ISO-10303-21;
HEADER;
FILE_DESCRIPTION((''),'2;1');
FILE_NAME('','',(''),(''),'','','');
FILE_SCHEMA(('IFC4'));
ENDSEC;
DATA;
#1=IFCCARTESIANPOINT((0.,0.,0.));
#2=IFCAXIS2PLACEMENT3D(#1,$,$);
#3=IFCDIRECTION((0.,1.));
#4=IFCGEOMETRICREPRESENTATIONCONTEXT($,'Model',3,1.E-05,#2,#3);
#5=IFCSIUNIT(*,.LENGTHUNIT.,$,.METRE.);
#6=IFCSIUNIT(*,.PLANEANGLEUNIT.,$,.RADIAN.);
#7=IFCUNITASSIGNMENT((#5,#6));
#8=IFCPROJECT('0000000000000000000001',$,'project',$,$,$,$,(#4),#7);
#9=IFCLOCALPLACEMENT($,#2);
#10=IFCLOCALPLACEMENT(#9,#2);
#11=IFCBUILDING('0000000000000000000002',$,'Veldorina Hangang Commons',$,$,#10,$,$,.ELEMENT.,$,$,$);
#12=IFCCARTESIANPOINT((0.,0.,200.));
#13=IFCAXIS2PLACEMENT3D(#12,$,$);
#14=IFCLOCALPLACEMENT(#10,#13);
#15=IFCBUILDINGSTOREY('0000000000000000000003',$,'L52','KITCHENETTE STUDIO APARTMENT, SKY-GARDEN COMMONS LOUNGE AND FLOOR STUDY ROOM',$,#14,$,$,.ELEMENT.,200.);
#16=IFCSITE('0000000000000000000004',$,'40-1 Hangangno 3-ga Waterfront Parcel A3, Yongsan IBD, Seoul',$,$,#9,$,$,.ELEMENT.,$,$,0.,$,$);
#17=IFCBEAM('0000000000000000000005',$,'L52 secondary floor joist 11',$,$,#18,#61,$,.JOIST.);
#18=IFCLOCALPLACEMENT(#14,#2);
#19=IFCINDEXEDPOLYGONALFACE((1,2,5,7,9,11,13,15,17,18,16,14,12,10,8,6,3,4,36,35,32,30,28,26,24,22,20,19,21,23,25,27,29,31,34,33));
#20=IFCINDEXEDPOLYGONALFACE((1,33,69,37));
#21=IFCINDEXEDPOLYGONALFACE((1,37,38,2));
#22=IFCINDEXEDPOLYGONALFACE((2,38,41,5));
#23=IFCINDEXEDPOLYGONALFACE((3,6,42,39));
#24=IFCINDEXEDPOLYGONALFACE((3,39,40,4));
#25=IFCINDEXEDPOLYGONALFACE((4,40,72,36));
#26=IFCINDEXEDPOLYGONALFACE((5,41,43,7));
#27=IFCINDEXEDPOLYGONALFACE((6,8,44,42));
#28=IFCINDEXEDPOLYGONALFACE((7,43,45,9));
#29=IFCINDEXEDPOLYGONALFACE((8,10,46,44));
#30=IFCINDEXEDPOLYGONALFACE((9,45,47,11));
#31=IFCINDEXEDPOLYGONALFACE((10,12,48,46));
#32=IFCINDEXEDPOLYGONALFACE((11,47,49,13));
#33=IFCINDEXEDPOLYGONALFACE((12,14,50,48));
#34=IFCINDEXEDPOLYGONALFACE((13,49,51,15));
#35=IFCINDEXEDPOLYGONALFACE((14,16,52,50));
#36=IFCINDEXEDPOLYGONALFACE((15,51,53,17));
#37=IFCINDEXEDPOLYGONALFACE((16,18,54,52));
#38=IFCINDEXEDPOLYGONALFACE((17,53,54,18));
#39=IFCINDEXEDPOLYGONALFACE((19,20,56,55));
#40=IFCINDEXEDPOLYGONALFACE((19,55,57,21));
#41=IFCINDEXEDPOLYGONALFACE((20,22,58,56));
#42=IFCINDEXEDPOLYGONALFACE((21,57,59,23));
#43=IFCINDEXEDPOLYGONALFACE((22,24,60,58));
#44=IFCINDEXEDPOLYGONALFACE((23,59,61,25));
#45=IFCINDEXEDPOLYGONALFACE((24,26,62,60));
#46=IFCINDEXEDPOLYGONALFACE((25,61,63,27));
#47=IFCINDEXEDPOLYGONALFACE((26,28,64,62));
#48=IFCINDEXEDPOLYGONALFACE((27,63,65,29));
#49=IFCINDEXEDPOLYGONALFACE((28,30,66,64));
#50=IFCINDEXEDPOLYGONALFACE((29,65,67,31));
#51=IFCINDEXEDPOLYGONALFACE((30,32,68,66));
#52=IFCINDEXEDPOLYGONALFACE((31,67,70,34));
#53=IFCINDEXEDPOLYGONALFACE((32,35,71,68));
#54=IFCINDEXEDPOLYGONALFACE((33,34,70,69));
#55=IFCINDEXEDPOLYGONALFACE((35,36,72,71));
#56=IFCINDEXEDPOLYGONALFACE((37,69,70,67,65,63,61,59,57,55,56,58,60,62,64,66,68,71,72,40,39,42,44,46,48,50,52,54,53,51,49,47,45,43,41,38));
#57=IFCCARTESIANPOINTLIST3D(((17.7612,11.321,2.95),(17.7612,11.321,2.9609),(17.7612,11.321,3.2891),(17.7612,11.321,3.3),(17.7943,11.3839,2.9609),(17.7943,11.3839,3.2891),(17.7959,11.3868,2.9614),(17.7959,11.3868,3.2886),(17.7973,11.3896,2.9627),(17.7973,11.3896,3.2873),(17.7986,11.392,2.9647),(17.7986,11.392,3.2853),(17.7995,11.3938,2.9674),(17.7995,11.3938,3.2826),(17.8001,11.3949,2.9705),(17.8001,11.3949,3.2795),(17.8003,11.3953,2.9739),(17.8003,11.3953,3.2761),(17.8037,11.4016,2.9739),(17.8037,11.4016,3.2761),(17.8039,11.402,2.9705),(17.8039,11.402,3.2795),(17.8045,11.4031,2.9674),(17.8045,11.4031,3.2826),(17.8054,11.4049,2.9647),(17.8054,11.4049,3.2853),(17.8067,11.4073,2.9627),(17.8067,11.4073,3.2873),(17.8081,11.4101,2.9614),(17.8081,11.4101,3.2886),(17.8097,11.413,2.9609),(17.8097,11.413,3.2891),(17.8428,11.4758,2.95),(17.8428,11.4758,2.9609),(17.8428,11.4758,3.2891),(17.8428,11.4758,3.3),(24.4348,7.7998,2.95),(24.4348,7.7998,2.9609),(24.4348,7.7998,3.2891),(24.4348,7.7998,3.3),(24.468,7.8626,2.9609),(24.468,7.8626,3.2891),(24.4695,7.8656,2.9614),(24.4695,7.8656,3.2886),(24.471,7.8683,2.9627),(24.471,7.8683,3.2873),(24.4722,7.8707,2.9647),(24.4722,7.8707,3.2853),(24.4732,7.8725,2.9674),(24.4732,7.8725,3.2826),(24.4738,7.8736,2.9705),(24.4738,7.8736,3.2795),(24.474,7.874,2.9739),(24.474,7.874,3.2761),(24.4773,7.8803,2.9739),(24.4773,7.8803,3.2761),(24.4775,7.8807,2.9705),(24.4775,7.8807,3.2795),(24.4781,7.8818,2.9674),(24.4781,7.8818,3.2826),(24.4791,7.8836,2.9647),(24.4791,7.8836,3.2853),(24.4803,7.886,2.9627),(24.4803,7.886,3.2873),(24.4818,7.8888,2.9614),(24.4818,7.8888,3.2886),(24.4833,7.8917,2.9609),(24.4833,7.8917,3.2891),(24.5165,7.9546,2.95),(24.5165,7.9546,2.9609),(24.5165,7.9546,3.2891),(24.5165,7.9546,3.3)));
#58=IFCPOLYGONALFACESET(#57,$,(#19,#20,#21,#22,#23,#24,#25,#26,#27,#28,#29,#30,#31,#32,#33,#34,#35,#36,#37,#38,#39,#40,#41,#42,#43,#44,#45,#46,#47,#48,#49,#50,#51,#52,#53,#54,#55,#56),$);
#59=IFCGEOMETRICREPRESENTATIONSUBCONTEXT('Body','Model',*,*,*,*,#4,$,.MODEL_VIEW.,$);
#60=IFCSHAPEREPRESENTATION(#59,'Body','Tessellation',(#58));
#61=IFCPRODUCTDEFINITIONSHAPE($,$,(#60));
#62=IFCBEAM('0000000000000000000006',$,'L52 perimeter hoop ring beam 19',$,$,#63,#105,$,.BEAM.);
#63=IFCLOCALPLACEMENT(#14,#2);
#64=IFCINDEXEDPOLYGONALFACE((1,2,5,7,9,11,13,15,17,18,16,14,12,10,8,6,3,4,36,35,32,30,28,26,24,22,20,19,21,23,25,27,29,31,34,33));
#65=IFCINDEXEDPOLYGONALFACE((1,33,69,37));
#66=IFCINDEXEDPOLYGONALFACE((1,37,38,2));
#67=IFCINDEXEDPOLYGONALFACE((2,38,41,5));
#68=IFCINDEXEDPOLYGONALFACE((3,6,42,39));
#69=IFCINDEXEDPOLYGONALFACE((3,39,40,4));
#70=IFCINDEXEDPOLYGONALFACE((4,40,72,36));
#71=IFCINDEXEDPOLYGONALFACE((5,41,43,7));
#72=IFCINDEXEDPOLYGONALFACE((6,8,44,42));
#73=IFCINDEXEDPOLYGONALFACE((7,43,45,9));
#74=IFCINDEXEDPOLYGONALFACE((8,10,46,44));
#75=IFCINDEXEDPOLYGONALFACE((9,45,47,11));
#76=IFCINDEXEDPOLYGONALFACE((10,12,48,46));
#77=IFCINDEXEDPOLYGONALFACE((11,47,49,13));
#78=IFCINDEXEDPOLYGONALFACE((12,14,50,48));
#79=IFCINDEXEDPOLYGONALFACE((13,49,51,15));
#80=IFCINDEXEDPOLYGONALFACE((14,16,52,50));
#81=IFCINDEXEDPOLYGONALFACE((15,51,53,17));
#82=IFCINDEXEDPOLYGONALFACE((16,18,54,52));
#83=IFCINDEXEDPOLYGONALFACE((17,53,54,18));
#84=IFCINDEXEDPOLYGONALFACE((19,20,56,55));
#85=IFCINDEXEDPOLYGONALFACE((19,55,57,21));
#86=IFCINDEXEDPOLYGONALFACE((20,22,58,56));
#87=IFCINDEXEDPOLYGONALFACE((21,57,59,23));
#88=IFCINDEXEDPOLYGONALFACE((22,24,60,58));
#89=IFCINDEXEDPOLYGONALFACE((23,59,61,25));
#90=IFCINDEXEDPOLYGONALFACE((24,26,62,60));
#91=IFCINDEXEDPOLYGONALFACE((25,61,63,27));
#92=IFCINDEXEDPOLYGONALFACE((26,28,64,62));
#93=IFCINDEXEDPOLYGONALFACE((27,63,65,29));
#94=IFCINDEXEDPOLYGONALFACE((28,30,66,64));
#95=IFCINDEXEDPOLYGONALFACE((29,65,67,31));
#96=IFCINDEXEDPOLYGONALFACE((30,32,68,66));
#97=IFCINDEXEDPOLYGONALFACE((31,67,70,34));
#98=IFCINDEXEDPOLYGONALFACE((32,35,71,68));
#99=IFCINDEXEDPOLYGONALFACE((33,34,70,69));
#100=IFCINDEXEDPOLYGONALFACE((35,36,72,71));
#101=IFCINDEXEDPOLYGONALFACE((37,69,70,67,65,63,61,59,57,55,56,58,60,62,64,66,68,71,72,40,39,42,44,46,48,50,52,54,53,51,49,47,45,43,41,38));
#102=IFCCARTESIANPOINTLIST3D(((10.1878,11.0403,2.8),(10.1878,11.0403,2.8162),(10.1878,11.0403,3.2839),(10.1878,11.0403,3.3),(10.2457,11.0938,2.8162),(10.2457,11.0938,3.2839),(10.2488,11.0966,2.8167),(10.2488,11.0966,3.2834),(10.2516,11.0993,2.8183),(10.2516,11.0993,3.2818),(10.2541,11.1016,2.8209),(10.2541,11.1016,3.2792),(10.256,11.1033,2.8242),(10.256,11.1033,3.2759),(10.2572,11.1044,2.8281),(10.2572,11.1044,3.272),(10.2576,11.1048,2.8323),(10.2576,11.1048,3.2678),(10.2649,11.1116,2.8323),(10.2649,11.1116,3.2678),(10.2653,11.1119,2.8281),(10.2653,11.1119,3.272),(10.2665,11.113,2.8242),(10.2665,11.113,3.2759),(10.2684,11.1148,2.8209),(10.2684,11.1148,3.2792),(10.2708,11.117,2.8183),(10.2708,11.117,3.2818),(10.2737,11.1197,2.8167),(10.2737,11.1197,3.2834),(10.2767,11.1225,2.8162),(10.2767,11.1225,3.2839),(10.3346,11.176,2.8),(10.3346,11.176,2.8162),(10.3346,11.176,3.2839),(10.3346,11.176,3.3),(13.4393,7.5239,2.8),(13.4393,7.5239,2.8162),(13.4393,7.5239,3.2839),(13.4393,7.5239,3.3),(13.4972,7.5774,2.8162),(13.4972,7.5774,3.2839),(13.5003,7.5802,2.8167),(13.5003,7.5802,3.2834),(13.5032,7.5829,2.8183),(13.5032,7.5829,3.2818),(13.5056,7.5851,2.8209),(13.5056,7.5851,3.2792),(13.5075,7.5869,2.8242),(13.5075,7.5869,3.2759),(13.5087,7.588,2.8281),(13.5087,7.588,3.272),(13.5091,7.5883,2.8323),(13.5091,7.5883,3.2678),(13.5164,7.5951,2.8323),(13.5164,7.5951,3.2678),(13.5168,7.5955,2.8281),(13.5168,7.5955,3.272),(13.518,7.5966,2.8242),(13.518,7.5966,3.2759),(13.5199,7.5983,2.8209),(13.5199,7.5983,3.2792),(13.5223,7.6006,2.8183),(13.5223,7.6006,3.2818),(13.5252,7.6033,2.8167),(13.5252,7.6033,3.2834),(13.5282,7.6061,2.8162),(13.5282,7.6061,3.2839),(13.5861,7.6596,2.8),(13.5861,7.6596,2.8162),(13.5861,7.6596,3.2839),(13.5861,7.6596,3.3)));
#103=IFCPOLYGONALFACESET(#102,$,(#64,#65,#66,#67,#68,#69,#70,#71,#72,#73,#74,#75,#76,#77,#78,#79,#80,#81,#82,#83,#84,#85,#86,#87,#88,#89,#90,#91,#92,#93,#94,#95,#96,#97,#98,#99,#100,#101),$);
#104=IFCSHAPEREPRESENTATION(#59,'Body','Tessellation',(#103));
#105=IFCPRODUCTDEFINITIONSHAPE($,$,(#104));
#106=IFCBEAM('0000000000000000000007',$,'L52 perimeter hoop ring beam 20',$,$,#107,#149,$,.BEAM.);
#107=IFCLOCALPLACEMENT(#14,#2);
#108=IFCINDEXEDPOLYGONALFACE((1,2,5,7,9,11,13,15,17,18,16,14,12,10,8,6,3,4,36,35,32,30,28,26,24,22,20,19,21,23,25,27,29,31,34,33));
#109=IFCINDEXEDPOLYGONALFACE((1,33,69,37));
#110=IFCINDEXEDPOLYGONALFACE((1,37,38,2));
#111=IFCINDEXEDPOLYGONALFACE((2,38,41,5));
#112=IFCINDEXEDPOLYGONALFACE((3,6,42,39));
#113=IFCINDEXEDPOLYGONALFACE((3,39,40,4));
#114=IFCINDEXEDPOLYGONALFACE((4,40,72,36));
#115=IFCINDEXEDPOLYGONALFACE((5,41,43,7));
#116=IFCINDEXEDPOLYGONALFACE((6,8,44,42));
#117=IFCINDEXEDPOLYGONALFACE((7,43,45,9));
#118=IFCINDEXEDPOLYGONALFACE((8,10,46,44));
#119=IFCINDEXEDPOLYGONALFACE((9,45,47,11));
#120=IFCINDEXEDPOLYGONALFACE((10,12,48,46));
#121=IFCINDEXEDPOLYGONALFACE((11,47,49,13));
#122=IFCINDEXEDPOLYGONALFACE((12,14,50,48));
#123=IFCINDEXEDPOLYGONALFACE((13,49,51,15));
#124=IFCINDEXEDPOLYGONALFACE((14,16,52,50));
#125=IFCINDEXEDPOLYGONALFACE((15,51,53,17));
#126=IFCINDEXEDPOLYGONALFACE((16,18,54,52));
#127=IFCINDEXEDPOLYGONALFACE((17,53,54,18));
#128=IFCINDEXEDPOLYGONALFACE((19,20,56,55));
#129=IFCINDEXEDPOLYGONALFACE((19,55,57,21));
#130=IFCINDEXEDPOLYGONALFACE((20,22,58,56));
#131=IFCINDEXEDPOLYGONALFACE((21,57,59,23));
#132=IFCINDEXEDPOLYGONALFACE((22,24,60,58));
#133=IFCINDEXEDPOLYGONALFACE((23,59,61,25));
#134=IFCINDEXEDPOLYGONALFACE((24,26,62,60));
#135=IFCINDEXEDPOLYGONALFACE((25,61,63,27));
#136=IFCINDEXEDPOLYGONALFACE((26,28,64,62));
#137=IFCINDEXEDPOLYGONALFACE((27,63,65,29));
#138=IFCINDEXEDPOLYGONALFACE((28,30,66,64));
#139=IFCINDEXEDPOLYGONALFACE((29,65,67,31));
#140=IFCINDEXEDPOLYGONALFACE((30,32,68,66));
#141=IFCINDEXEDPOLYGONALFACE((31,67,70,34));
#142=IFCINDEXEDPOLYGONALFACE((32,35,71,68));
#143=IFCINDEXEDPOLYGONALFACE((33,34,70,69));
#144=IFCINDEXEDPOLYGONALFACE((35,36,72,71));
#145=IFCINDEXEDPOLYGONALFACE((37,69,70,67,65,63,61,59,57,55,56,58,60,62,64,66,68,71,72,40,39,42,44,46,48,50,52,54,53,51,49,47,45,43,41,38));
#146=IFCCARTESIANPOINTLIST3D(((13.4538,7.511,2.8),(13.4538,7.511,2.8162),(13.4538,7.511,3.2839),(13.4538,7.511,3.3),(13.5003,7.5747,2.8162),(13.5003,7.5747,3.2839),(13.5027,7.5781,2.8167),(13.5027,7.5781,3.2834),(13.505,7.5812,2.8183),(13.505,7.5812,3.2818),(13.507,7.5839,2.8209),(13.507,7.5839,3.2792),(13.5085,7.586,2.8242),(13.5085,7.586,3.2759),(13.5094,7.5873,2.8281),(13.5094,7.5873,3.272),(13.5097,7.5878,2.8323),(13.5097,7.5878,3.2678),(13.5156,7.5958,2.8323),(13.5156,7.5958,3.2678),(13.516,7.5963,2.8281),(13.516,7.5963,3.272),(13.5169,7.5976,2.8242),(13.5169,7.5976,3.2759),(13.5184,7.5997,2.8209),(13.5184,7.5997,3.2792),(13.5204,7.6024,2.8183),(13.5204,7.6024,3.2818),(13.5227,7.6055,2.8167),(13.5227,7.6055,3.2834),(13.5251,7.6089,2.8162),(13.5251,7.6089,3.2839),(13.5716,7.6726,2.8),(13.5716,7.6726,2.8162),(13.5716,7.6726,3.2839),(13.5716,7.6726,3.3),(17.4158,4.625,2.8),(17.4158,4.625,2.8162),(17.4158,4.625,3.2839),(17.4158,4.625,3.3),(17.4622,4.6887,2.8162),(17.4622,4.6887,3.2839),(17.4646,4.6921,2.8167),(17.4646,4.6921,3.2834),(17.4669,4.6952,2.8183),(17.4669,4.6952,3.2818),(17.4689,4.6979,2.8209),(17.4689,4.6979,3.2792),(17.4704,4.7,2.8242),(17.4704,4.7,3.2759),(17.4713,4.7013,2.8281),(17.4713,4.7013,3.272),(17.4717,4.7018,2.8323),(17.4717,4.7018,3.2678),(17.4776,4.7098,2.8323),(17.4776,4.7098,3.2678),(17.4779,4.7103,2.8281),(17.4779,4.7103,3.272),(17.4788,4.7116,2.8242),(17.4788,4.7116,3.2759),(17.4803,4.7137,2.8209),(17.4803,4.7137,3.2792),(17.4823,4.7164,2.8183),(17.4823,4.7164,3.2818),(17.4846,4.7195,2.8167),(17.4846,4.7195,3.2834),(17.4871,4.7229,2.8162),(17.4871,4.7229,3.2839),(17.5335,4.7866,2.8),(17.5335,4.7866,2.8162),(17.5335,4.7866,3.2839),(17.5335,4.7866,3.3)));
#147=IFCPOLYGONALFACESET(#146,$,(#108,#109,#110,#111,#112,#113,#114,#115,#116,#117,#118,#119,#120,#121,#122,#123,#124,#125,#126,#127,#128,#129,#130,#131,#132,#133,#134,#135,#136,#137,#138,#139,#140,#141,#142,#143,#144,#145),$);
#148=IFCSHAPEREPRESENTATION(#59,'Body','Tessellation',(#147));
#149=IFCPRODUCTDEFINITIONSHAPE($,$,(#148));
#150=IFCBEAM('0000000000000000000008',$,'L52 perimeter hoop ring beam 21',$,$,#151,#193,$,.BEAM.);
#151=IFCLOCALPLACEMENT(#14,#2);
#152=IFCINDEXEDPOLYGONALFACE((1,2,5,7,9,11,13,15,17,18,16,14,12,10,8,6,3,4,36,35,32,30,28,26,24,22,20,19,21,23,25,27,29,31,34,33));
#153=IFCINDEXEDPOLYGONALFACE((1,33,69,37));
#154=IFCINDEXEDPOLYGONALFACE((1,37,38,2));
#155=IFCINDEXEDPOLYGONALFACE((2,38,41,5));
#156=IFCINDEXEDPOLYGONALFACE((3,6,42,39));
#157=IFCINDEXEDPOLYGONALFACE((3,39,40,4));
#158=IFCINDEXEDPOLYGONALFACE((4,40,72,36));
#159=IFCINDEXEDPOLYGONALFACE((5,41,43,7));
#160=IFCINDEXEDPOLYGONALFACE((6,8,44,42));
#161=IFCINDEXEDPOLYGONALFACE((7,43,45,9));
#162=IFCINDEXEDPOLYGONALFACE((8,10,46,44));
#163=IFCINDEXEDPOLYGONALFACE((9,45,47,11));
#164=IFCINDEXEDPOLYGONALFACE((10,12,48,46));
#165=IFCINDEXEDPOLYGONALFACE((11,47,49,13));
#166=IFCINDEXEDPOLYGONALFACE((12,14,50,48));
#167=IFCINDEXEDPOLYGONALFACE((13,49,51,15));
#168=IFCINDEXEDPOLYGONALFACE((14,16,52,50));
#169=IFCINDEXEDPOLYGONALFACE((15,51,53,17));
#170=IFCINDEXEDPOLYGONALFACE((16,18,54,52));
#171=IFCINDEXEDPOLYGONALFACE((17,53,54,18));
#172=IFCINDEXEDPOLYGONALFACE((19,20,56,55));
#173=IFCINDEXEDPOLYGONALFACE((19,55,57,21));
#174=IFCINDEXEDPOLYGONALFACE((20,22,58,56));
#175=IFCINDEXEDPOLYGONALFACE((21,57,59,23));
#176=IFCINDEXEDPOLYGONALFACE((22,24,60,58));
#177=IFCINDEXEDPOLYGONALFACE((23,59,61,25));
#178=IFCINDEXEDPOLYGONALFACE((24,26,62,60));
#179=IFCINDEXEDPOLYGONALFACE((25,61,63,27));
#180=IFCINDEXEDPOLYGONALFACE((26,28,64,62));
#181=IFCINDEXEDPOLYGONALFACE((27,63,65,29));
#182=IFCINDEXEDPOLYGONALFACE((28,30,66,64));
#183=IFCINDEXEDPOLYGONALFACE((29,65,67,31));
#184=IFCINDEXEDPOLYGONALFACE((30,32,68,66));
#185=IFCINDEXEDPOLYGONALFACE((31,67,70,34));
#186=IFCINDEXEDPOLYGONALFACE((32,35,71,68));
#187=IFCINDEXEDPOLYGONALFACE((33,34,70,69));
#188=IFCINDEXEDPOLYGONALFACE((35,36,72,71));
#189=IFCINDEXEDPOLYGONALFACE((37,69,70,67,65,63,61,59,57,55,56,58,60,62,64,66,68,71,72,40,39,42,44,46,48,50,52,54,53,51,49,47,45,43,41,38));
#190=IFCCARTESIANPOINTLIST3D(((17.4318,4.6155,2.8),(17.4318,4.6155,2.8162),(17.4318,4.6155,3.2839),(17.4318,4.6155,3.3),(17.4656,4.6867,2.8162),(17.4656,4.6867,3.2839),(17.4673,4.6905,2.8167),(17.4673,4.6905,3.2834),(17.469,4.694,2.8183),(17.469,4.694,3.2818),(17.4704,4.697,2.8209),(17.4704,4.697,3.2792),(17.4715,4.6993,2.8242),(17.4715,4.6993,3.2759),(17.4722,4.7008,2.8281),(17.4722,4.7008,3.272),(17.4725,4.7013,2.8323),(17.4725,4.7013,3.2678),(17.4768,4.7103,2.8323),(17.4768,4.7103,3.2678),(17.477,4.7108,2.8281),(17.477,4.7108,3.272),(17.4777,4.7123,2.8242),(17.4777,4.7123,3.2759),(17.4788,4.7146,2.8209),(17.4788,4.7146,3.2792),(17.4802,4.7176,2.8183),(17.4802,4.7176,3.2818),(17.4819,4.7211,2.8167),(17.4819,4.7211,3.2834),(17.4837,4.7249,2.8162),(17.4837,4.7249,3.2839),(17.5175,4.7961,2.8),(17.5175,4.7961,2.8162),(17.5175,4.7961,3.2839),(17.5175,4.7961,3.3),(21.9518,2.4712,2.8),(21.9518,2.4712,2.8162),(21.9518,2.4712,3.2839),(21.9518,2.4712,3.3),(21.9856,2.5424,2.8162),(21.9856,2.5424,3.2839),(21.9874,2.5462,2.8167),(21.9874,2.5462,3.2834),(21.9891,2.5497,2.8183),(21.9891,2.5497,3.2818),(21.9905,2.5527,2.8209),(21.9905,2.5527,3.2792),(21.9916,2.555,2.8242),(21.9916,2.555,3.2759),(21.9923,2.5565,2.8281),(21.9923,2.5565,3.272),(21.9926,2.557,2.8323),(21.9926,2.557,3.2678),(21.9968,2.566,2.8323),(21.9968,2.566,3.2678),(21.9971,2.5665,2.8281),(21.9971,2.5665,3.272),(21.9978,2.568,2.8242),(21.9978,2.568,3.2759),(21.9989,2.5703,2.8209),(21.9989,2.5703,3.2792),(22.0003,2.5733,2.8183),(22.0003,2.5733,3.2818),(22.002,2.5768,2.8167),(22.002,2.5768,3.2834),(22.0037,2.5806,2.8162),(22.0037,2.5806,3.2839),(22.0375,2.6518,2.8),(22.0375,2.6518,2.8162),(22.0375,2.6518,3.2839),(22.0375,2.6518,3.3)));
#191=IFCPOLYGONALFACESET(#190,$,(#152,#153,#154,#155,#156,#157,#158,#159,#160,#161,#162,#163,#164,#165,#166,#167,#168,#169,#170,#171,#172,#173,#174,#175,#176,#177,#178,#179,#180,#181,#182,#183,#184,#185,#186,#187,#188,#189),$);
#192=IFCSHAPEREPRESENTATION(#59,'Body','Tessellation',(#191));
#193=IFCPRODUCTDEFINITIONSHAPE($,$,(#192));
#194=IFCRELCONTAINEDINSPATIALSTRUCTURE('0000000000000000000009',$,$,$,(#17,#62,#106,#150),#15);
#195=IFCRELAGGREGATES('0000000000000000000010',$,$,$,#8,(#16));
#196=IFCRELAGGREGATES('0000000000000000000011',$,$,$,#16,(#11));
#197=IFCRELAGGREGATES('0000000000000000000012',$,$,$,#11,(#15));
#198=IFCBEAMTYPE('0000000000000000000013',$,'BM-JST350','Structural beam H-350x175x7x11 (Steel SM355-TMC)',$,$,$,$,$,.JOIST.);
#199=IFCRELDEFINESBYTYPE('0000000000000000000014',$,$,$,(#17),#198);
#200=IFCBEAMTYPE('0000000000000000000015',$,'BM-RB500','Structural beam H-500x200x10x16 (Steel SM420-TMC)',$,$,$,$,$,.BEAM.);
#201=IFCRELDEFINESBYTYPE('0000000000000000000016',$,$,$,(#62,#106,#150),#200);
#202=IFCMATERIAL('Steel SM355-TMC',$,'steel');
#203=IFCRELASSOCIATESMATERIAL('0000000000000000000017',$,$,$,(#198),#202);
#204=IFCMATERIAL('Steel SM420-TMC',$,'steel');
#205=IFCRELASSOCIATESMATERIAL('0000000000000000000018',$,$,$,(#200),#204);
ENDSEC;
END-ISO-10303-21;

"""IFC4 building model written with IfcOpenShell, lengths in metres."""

from ifc_helpers import new_model, si_unit, direction, frame, origin, origin_2d, place, context, subcontext, project, spatial, i_section, extrude, material, material_profile, profile_set, type_object, element, save


model = new_model("IFC4")

# Units and contexts
model_context = context("Model", 3, precision=1e-05, world=origin(), true_north=direction((0.0, 1.0)))
body_context = subcontext(model_context, "Body", "Model", "MODEL_VIEW")
ifc_project = project(units=[si_unit("LENGTHUNIT", "METRE"), si_unit("PLANEANGLEUNIT", "RADIAN")], contexts=[model_context])

# Site, building, storey
site_placement = place(None, origin())
site = spatial("IfcSite", under=ifc_project, at=site_placement, Name="40-1 Hangangno 3-ga Waterfront Parcel A3, Yongsan IBD, Seoul", CompositionType="ELEMENT", RefElevation=0.0)
building_placement = place(site_placement, origin())
building = spatial("IfcBuilding", under=site, at=building_placement, Name="Veldorina Hangang Commons", CompositionType="ELEMENT")
storey_placement = place(building_placement, frame((0.0, 0.0, 200.0)))
storey = spatial("IfcBuildingStorey", under=building, at=storey_placement, Name="L52", Description="KITCHENETTE STUDIO APARTMENT, SKY-GARDEN COMMONS LOUNGE AND FLOOR STUDY ROOM", CompositionType="ELEMENT", Elevation=200.0)

# Beams
ifc_material_1 = material(Name="Steel SM355-TMC", Category="steel")
ifc_material_profile_1 = material_profile(ifc_material_1, i_section(OverallWidth=0.175, OverallDepth=0.3501, WebThickness=0.0071, FlangeThickness=0.011, FilletRadius=0.0129, at=origin_2d()), Name="H-350x175x7x11")
ifc_profile_set_1 = profile_set([ifc_material_profile_1], Name="Steel SM355-TMC")
beam_type_1 = type_object("IfcBeamType", Name="BM-JST350", Description="Structural beam H-350x175x7x11 (Steel SM355-TMC)", PredefinedType="JOIST", material=ifc_profile_set_1)
beam_1_placement = place(storey_placement, frame((17.802, 11.3984, 3.125), z_axis=(0.884436, -0.466662, 0.0), x_axis=(0.466662, 0.884436, 0.0)))
element("IfcBeam", 1, at=beam_1_placement, inside=storey, type_object=beam_type_1, Name="L52 secondary floor joist 11", PredefinedType="JOIST", context=body_context, shape_type="SweptSolid", body=[
    extrude(i_section(OverallWidth=0.175, OverallDepth=0.3501, WebThickness=0.0071, FlangeThickness=0.011, FilletRadius=0.0129, at=origin_2d()), origin(), (0.0, 0.0, 1.0), 7.5457),
])
ifc_material_2 = material(Name="Steel SM420-TMC", Category="steel")
ifc_material_profile_2 = material_profile(ifc_material_2, i_section(OverallWidth=0.2, OverallDepth=0.5, WebThickness=0.01, FlangeThickness=0.0161, FilletRadius=0.0161, at=origin_2d()), Name="H-500x200x10x16")
ifc_profile_set_2 = profile_set([ifc_material_profile_2], Name="Steel SM420-TMC")
beam_type_2 = type_object("IfcBeamType", Name="BM-RB500", Description="Structural beam H-500x200x10x16 (Steel SM420-TMC)", PredefinedType="BEAM", material=ifc_profile_set_2)
beam_2_placement = place(storey_placement, frame((10.2612, 11.1082, 3.05), z_axis=(0.678911, -0.734221, 0.0), x_axis=(0.734221, 0.678911, 0.0)))
element("IfcBeam", 2, at=beam_2_placement, inside=storey, type_object=beam_type_2, Name="L52 perimeter hoop ring beam 19", PredefinedType="BEAM", context=body_context, shape_type="SweptSolid", body=[
    extrude(i_section(OverallWidth=0.2, OverallDepth=0.5, WebThickness=0.01, FlangeThickness=0.0161, FilletRadius=0.0161, at=origin_2d()), origin(), (0.0, 0.0, 1.0), 4.7893),
])
beam_3_placement = place(storey_placement, frame((13.5127, 7.5918, 3.05), z_axis=(0.80829, -0.588785, 0.0), x_axis=(0.588785, 0.80829, 0.0)))
element("IfcBeam", 3, at=beam_3_placement, inside=storey, type_object=beam_type_2, Name="L52 perimeter hoop ring beam 20", PredefinedType="BEAM", context=body_context, shape_type="SweptSolid", body=[
    extrude(i_section(OverallWidth=0.2, OverallDepth=0.5, WebThickness=0.01, FlangeThickness=0.0161, FilletRadius=0.0161, at=origin_2d()), origin(), (0.0, 0.0, 1.0), 4.9016),
])
beam_4_placement = place(storey_placement, frame((17.4746, 4.7058, 3.05), z_axis=(0.903488, -0.428613, 0.0), x_axis=(0.428613, 0.903488, 0.0)))
element("IfcBeam", 4, at=beam_4_placement, inside=storey, type_object=beam_type_2, Name="L52 perimeter hoop ring beam 21", PredefinedType="BEAM", context=body_context, shape_type="SweptSolid", body=[
    extrude(i_section(OverallWidth=0.2, OverallDepth=0.5, WebThickness=0.01, FlangeThickness=0.0161, FilletRadius=0.0161, at=origin_2d()), origin(), (0.0, 0.0, 1.0), 5.0029),
])

save(model, "model.ifc")
